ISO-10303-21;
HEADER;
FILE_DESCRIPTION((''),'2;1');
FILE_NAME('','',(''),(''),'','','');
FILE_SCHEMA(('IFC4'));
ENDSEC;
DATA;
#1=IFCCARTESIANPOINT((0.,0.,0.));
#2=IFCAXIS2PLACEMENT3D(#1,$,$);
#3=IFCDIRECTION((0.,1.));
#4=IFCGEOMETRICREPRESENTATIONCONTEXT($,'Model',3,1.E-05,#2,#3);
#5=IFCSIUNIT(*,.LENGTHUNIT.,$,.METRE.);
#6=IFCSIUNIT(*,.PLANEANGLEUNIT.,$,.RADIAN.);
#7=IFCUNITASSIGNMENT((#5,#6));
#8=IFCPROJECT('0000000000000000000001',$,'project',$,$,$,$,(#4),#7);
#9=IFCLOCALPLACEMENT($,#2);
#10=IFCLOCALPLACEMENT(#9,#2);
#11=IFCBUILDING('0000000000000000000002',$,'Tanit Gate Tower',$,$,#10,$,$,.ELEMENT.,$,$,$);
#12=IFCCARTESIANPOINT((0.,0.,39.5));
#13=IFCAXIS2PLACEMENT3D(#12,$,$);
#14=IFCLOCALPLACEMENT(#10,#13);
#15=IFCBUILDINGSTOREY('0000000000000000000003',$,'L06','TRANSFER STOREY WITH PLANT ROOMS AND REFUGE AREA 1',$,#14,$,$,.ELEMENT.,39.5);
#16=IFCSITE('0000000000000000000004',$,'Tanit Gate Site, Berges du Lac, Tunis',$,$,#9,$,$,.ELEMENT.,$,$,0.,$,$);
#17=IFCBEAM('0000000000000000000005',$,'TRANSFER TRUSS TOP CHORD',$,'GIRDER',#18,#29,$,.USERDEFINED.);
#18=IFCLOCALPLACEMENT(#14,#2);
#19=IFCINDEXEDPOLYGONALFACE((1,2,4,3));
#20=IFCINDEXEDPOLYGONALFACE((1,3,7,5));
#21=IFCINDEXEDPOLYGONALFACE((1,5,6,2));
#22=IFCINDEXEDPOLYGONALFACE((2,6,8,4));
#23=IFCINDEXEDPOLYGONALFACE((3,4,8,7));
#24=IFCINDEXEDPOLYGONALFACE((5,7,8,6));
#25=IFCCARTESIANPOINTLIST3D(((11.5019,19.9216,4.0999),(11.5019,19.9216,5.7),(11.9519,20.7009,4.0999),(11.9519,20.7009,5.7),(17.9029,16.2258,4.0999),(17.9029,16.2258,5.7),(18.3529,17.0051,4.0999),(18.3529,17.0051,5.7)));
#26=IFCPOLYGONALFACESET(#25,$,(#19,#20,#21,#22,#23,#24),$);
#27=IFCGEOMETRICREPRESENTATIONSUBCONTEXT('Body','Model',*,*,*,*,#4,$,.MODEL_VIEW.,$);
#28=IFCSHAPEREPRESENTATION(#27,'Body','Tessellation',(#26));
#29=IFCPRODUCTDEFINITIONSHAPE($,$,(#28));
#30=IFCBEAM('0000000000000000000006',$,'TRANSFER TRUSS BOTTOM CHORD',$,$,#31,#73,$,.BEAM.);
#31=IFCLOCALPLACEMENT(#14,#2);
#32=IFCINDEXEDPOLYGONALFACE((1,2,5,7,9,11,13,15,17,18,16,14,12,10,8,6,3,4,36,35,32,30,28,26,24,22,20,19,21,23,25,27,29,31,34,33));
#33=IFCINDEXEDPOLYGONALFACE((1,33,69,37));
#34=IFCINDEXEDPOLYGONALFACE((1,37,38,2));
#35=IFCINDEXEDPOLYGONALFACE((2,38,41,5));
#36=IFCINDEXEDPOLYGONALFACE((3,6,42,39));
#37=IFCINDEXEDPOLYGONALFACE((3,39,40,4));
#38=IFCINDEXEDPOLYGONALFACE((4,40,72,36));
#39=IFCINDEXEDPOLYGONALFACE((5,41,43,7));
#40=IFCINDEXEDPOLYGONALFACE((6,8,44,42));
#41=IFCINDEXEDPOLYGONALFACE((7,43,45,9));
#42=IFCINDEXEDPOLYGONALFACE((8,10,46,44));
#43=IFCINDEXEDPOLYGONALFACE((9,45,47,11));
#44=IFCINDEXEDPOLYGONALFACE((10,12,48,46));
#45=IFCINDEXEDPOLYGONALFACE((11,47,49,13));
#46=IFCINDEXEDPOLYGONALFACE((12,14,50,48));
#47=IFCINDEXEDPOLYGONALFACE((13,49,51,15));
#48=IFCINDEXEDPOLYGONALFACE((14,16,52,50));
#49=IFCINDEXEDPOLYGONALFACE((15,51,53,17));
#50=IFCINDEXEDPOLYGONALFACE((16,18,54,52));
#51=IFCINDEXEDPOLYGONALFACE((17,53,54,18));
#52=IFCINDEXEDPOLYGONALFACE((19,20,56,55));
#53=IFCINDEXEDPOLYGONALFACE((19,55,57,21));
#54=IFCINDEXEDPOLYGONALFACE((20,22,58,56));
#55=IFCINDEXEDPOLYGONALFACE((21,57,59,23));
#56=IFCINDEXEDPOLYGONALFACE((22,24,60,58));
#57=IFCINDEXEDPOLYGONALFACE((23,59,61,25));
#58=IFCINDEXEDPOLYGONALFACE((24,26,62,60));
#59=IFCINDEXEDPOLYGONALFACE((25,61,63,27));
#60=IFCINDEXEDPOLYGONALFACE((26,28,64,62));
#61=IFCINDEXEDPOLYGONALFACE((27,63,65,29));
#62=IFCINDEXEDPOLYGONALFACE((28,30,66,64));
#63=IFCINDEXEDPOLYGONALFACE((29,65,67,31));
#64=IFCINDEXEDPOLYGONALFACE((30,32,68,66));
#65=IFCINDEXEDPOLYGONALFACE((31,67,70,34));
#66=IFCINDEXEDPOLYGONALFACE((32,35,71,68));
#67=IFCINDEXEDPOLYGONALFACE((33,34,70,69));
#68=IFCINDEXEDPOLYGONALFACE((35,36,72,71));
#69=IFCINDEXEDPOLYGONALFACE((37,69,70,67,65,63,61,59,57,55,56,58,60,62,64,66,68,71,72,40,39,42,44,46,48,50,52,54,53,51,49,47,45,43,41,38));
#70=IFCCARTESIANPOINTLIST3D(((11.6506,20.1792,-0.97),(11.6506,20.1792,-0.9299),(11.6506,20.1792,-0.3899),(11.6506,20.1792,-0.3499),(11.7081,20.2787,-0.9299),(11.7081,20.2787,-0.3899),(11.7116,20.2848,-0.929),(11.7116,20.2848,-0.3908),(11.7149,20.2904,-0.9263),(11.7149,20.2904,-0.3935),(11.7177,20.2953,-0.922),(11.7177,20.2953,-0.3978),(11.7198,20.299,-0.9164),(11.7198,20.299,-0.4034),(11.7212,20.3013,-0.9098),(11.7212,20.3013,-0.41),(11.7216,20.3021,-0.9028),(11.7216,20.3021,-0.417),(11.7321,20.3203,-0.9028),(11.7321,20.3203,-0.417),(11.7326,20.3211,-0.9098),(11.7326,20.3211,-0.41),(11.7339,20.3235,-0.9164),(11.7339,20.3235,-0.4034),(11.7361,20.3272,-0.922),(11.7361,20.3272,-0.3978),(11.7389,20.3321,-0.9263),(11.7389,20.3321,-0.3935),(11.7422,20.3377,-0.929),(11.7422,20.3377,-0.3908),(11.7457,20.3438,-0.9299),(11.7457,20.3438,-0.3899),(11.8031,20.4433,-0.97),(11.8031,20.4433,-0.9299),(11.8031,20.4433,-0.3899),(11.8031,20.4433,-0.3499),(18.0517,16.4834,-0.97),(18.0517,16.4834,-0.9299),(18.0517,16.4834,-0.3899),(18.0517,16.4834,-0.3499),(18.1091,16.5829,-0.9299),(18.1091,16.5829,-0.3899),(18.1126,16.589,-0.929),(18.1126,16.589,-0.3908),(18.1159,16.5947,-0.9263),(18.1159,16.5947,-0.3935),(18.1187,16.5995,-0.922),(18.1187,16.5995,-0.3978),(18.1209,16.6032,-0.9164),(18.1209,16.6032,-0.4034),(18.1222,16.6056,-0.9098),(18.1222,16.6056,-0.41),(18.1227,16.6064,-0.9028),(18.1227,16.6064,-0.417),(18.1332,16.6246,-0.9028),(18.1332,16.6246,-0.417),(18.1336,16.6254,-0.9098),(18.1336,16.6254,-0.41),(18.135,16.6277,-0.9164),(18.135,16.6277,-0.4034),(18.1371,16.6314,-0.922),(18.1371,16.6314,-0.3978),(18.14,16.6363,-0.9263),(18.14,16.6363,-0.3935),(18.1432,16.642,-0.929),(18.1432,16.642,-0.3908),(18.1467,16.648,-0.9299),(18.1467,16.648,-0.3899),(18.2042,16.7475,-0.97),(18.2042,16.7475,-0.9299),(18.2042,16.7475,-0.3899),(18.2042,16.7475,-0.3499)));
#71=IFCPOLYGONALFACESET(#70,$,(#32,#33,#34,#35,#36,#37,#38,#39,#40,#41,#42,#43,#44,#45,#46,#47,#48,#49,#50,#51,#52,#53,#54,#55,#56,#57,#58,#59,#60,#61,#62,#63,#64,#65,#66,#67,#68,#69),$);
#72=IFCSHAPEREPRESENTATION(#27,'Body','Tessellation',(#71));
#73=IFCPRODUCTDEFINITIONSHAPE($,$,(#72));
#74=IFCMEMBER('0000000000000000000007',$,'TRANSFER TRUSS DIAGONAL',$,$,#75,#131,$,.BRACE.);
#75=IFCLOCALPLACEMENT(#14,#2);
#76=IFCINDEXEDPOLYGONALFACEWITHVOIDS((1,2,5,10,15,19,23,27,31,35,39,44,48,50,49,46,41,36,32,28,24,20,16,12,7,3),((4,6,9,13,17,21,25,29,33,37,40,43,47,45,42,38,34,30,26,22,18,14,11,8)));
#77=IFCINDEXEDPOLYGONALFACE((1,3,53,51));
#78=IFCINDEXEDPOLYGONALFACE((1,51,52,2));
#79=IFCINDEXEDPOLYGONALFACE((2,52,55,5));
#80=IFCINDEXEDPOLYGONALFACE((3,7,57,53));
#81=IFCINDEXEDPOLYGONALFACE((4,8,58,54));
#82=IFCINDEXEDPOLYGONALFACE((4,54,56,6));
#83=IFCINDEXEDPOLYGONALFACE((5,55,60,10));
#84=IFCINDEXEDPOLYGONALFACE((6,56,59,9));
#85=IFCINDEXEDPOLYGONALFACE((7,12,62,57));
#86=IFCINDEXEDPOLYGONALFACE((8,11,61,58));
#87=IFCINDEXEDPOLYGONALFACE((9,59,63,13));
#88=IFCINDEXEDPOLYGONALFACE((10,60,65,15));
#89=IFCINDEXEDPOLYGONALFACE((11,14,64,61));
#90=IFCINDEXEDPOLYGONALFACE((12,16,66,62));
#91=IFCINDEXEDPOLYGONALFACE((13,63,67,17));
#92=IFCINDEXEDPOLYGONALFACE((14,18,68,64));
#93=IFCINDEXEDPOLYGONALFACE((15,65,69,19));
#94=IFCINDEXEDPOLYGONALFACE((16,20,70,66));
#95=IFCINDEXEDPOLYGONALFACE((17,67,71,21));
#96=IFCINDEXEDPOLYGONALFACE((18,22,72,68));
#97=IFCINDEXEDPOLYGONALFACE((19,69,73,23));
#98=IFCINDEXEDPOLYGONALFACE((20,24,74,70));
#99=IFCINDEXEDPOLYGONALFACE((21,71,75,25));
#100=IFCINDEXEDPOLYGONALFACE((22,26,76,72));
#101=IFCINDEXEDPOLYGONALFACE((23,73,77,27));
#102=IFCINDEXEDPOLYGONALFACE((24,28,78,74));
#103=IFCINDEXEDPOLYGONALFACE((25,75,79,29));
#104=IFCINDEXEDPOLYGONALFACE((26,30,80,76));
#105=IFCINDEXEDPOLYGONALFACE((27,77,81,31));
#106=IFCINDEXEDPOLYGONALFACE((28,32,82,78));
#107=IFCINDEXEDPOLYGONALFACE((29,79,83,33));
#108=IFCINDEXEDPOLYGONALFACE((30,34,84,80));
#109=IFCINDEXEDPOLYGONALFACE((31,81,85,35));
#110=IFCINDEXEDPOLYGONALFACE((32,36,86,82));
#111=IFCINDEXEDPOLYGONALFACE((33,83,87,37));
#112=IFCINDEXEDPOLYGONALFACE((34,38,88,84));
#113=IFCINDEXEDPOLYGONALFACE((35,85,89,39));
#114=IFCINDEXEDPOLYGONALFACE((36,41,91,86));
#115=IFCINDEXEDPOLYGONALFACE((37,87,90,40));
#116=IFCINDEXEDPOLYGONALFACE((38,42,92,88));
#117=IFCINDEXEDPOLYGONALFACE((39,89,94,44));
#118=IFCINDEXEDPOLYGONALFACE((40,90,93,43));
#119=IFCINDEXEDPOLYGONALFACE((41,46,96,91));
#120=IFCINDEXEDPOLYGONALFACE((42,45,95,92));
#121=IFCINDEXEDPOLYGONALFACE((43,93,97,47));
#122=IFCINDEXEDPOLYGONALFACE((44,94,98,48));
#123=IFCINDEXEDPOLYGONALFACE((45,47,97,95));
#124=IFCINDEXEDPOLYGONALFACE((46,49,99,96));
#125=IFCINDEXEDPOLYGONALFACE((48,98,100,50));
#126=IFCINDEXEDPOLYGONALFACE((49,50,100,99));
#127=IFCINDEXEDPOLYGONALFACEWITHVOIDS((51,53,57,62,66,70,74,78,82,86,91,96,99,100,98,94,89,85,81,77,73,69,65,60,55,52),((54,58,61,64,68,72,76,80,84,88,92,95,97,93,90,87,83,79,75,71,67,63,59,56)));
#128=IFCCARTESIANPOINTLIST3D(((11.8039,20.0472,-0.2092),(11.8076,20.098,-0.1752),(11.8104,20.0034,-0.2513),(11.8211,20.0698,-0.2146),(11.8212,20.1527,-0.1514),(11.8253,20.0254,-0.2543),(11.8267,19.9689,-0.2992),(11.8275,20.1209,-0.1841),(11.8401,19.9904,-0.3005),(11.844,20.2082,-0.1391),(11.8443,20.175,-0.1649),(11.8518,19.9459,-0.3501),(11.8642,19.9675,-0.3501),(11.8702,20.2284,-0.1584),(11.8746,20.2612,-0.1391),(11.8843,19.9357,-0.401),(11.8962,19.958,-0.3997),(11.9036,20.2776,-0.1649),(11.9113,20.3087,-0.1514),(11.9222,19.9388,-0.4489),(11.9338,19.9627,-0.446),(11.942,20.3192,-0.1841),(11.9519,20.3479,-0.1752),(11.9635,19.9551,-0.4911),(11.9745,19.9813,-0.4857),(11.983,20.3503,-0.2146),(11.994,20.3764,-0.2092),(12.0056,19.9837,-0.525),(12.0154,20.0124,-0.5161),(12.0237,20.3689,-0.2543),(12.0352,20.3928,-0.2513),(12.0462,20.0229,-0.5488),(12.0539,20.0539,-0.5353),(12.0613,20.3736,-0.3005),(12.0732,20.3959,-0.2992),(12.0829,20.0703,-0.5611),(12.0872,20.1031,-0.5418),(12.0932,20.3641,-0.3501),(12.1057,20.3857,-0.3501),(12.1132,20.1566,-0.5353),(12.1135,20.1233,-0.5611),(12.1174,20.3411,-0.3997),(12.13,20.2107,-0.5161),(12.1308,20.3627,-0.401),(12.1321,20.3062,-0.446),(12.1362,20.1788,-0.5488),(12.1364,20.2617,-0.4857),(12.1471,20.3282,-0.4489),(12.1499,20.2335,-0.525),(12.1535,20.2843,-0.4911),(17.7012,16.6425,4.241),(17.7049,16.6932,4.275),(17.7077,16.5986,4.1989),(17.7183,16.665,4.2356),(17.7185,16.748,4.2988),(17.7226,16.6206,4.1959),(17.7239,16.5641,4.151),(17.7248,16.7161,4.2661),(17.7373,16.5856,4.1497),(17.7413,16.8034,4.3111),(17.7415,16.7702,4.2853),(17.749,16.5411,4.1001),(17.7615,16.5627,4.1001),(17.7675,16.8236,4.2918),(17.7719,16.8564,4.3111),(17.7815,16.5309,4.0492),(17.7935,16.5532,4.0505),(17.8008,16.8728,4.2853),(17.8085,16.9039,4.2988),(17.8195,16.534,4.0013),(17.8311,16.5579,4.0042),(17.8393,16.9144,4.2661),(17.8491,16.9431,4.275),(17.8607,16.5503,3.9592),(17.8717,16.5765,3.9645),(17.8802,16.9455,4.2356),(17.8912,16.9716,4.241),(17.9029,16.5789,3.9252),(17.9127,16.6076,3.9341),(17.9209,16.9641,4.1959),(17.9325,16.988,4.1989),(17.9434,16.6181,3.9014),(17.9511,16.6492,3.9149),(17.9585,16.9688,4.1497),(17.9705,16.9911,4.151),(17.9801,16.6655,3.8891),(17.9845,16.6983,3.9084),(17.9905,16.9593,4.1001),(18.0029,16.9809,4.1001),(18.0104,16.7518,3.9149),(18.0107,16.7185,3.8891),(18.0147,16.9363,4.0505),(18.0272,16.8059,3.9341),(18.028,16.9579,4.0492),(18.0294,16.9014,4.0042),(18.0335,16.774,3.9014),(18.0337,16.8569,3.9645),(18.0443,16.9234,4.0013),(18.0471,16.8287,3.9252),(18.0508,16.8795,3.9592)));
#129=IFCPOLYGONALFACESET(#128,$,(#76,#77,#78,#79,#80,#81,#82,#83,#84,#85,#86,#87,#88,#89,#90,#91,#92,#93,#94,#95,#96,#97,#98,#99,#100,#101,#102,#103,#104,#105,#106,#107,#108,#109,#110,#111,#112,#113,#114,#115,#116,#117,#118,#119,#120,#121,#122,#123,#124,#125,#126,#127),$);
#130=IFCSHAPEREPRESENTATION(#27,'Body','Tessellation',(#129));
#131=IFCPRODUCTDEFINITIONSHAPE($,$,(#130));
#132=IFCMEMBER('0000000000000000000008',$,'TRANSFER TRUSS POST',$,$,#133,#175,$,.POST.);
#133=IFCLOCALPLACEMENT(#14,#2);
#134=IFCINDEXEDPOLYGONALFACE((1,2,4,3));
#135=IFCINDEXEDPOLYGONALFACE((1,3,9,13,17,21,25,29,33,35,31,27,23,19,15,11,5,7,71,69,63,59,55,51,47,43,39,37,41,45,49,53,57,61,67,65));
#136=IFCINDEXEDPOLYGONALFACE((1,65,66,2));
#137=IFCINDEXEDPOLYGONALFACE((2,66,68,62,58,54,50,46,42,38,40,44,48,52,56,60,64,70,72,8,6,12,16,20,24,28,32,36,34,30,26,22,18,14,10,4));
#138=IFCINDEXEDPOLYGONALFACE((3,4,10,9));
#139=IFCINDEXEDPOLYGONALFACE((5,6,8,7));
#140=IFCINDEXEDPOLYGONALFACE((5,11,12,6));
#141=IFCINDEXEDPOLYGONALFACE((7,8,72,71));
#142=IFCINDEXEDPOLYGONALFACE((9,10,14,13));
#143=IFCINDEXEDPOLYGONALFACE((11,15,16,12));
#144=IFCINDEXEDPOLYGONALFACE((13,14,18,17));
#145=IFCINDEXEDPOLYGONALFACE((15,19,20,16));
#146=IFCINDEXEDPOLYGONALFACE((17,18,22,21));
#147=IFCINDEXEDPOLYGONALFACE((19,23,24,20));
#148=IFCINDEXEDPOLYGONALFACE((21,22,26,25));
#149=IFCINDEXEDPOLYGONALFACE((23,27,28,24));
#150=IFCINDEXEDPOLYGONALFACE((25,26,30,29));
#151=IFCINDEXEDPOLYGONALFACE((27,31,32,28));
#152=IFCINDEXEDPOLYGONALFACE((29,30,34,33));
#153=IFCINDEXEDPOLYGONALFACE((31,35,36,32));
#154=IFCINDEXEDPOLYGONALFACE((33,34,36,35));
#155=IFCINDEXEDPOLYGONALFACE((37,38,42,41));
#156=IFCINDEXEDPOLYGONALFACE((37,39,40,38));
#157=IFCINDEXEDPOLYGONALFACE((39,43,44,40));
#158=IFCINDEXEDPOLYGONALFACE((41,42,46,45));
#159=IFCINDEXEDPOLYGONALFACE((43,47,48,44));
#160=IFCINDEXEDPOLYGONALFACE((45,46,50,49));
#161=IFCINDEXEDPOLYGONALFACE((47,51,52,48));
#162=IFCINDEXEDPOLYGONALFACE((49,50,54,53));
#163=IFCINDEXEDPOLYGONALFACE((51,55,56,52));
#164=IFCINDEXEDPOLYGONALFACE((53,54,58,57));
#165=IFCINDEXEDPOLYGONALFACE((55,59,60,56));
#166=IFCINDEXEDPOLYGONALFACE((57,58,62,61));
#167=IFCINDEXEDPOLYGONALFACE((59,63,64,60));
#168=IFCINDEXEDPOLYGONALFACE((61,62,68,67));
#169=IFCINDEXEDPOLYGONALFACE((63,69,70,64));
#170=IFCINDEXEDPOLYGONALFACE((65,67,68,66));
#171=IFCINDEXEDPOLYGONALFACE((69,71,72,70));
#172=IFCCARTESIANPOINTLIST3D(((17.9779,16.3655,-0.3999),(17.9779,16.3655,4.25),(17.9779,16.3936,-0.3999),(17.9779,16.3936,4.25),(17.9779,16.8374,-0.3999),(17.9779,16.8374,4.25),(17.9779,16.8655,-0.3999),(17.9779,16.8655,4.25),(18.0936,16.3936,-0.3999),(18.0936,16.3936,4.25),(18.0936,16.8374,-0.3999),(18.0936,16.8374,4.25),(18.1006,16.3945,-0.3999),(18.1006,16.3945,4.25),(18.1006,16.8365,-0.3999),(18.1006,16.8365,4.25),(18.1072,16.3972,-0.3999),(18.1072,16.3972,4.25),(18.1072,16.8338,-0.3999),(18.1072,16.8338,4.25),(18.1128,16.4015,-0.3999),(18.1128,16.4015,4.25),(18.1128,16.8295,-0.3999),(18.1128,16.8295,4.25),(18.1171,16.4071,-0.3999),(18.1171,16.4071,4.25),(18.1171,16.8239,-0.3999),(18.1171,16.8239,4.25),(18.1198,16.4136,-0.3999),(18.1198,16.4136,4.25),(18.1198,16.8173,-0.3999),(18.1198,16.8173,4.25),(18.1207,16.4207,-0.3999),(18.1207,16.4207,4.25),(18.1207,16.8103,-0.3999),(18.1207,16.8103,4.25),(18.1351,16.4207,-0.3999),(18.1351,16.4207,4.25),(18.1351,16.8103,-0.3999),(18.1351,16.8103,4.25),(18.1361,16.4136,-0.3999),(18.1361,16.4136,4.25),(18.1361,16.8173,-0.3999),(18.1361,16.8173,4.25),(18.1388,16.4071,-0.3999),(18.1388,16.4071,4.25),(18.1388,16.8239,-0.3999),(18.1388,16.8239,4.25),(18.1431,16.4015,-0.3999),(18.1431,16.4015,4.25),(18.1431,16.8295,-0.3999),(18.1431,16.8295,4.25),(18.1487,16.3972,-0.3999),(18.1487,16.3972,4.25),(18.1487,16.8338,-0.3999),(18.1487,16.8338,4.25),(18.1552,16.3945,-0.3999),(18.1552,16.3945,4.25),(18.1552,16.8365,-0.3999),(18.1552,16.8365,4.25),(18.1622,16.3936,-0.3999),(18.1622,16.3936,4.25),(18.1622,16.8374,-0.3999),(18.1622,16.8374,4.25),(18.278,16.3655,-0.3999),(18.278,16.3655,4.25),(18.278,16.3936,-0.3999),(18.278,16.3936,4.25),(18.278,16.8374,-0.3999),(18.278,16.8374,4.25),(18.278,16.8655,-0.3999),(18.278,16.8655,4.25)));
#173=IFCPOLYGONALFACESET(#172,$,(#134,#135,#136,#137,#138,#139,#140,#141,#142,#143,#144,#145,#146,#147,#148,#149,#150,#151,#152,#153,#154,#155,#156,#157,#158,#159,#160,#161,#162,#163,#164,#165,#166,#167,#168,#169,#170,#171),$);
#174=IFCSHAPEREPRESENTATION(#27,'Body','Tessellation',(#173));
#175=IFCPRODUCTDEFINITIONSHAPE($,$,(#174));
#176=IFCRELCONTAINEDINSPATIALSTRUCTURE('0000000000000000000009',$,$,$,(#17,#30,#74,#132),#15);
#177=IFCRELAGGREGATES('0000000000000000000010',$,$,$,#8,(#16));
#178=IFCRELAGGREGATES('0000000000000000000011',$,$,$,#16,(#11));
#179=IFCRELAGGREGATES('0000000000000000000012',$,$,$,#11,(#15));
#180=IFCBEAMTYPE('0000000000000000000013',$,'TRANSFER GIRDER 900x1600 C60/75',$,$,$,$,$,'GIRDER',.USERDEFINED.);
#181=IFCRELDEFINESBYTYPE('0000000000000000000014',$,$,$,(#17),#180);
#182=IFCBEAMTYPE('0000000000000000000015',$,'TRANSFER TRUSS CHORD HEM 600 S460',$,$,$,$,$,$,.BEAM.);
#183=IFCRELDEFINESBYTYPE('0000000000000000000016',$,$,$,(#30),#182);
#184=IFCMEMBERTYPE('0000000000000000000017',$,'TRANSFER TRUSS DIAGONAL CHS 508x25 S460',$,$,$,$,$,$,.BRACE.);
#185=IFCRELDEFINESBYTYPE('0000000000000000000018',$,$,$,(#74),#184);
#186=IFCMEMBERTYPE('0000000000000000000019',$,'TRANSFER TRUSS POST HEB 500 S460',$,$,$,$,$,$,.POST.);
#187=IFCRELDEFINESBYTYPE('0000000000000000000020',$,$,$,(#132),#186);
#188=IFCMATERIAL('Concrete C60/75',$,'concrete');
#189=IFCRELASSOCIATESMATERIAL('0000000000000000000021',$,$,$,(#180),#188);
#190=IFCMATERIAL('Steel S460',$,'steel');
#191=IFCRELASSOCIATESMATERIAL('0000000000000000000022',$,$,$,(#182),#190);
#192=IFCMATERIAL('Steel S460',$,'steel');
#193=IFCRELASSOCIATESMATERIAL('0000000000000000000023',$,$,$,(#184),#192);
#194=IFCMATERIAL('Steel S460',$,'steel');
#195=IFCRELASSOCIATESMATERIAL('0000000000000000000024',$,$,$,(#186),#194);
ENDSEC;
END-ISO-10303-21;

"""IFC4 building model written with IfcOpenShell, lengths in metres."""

from ifc_helpers import new_model, si_unit, direction, frame, origin, origin_2d, place, context, subcontext, project, spatial, rectangle, hollow_circle, i_section, extrude, material, material_profile, profile_set, type_object, element, save


model = new_model("IFC4")

# Units and contexts
model_context = context("Model", 3, precision=1e-05, world=origin(), true_north=direction((0.0, 1.0)))
body_context = subcontext(model_context, "Body", "Model", "MODEL_VIEW")
ifc_project = project(units=[si_unit("LENGTHUNIT", "METRE"), si_unit("PLANEANGLEUNIT", "RADIAN")], contexts=[model_context])

# Site, building, storey
site_placement = place(None, origin())
site = spatial("IfcSite", under=ifc_project, at=site_placement, Name="Tanit Gate Site, Berges du Lac, Tunis", CompositionType="ELEMENT", RefElevation=0.0)
building_placement = place(site_placement, origin())
building = spatial("IfcBuilding", under=site, at=building_placement, Name="Tanit Gate Tower", CompositionType="ELEMENT")
storey_placement = place(building_placement, frame((0.0, 0.0, 39.5)))
storey = spatial("IfcBuildingStorey", under=building, at=storey_placement, Name="L06", Description="TRANSFER STOREY WITH PLANT ROOMS AND REFUGE AREA 1", CompositionType="ELEMENT", Elevation=39.5)

# Beams
ifc_material_1 = material(Name="Concrete C60/75", Category="concrete")
ifc_material_profile_1 = material_profile(ifc_material_1, rectangle(XDim=0.8999, YDim=1.6001, at=origin_2d()), Name="RC 900x1600")
ifc_profile_set_1 = profile_set([ifc_material_profile_1], Name="Concrete C60/75")
beam_type_1 = type_object("IfcBeamType", Name="TRANSFER GIRDER 900x1600 C60/75", ElementType="GIRDER", PredefinedType="USERDEFINED", material=ifc_profile_set_1)
beam_1_placement = place(storey_placement, frame((18.1279, 16.6155, 4.8999), z_axis=(-0.866019, 0.500011, 0.0), x_axis=(-0.500011, -0.866019, 0.0)))
element("IfcBeam", 1, at=beam_1_placement, inside=storey, type_object=beam_type_1, Name="TRANSFER TRUSS TOP CHORD", ObjectType="GIRDER", PredefinedType="USERDEFINED", context=body_context, shape_type="SweptSolid", body=[
    extrude(rectangle(XDim=0.8999, YDim=1.6001, at=origin_2d()), origin(), (0.0, 0.0, 1.0), 7.3914),
])
ifc_material_2 = material(Name="Steel S460", Category="steel")
ifc_material_profile_2 = material_profile(ifc_material_2, i_section(OverallWidth=0.3049, OverallDepth=0.6201, WebThickness=0.021, FlangeThickness=0.04, FilletRadius=0.0271, at=origin_2d()), Name="HEM 600")
ifc_profile_set_2 = profile_set([ifc_material_profile_2], Name="Steel S460")
beam_type_2 = type_object("IfcBeamType", Name="TRANSFER TRUSS CHORD HEM 600 S460", PredefinedType="BEAM", material=ifc_profile_set_2)
beam_2_placement = place(storey_placement, frame((18.1279, 16.6155, -0.6599), z_axis=(-0.866019, 0.500011, 0.0), x_axis=(-0.500011, -0.866019, 0.0)))
element("IfcBeam", 2, at=beam_2_placement, inside=storey, type_object=beam_type_2, Name="TRANSFER TRUSS BOTTOM CHORD", PredefinedType="BEAM", context=body_context, shape_type="SweptSolid", body=[
    extrude(i_section(OverallWidth=0.3049, OverallDepth=0.6201, WebThickness=0.021, FlangeThickness=0.04, FilletRadius=0.0271, at=origin_2d()), origin(), (0.0, 0.0, 1.0), 7.3914),
])

# Members
ifc_material_3 = material(Name="Steel S460", Category="steel")
ifc_material_profile_3 = material_profile(ifc_material_3, hollow_circle(Radius=0.2539, WallThickness=0.0249, at=origin_2d()), Name="CHS 508x25")
ifc_profile_set_3 = profile_set([ifc_material_profile_3], Name="Steel S460")
member_type_1 = type_object("IfcMemberType", Name="TRANSFER TRUSS DIAGONAL CHS 508x25 S460", PredefinedType="BRACE", material=ifc_profile_set_3)
member_1_placement = place(storey_placement, frame((17.876, 16.761, 4.1001), z_axis=(-0.724942, 0.418549, -0.547061), x_axis=(-0.500003, -0.866024, 0.0)))
element("IfcMember", 3, at=member_1_placement, inside=storey, type_object=member_type_1, Name="TRANSFER TRUSS DIAGONAL", PredefinedType="BRACE", context=body_context, shape_type="SweptSolid", body=[
    extrude(hollow_circle(Radius=0.2539, WallThickness=0.0249, at=origin_2d()), origin(), (0.0, 0.0, 1.0), 8.1348),
])
ifc_material_4 = material(Name="Steel S460", Category="steel")
ifc_material_profile_4 = material_profile(ifc_material_4, i_section(OverallWidth=0.3, OverallDepth=0.5, WebThickness=0.0144, FlangeThickness=0.0281, FilletRadius=0.0271, at=origin_2d()), Name="HEB 500")
ifc_profile_set_4 = profile_set([ifc_material_profile_4], Name="Steel S460")
member_type_2 = type_object("IfcMemberType", Name="TRANSFER TRUSS POST HEB 500 S460", PredefinedType="POST", material=ifc_profile_set_4)
member_2_placement = place(storey_placement, frame((18.1279, 16.6155, -0.3999), z_axis=(0.0, 0.0, 1.0), x_axis=(1.0, 0.0, 0.0)))
element("IfcMember", 4, at=member_2_placement, inside=storey, type_object=member_type_2, Name="TRANSFER TRUSS POST", PredefinedType="POST", context=body_context, shape_type="SweptSolid", body=[
    extrude(i_section(OverallWidth=0.3, OverallDepth=0.5, WebThickness=0.0144, FlangeThickness=0.0281, FilletRadius=0.0271, at=origin_2d()), origin(), (0.0, 0.0, 1.0), 4.6499),
])

save(model, "model.ifc")
